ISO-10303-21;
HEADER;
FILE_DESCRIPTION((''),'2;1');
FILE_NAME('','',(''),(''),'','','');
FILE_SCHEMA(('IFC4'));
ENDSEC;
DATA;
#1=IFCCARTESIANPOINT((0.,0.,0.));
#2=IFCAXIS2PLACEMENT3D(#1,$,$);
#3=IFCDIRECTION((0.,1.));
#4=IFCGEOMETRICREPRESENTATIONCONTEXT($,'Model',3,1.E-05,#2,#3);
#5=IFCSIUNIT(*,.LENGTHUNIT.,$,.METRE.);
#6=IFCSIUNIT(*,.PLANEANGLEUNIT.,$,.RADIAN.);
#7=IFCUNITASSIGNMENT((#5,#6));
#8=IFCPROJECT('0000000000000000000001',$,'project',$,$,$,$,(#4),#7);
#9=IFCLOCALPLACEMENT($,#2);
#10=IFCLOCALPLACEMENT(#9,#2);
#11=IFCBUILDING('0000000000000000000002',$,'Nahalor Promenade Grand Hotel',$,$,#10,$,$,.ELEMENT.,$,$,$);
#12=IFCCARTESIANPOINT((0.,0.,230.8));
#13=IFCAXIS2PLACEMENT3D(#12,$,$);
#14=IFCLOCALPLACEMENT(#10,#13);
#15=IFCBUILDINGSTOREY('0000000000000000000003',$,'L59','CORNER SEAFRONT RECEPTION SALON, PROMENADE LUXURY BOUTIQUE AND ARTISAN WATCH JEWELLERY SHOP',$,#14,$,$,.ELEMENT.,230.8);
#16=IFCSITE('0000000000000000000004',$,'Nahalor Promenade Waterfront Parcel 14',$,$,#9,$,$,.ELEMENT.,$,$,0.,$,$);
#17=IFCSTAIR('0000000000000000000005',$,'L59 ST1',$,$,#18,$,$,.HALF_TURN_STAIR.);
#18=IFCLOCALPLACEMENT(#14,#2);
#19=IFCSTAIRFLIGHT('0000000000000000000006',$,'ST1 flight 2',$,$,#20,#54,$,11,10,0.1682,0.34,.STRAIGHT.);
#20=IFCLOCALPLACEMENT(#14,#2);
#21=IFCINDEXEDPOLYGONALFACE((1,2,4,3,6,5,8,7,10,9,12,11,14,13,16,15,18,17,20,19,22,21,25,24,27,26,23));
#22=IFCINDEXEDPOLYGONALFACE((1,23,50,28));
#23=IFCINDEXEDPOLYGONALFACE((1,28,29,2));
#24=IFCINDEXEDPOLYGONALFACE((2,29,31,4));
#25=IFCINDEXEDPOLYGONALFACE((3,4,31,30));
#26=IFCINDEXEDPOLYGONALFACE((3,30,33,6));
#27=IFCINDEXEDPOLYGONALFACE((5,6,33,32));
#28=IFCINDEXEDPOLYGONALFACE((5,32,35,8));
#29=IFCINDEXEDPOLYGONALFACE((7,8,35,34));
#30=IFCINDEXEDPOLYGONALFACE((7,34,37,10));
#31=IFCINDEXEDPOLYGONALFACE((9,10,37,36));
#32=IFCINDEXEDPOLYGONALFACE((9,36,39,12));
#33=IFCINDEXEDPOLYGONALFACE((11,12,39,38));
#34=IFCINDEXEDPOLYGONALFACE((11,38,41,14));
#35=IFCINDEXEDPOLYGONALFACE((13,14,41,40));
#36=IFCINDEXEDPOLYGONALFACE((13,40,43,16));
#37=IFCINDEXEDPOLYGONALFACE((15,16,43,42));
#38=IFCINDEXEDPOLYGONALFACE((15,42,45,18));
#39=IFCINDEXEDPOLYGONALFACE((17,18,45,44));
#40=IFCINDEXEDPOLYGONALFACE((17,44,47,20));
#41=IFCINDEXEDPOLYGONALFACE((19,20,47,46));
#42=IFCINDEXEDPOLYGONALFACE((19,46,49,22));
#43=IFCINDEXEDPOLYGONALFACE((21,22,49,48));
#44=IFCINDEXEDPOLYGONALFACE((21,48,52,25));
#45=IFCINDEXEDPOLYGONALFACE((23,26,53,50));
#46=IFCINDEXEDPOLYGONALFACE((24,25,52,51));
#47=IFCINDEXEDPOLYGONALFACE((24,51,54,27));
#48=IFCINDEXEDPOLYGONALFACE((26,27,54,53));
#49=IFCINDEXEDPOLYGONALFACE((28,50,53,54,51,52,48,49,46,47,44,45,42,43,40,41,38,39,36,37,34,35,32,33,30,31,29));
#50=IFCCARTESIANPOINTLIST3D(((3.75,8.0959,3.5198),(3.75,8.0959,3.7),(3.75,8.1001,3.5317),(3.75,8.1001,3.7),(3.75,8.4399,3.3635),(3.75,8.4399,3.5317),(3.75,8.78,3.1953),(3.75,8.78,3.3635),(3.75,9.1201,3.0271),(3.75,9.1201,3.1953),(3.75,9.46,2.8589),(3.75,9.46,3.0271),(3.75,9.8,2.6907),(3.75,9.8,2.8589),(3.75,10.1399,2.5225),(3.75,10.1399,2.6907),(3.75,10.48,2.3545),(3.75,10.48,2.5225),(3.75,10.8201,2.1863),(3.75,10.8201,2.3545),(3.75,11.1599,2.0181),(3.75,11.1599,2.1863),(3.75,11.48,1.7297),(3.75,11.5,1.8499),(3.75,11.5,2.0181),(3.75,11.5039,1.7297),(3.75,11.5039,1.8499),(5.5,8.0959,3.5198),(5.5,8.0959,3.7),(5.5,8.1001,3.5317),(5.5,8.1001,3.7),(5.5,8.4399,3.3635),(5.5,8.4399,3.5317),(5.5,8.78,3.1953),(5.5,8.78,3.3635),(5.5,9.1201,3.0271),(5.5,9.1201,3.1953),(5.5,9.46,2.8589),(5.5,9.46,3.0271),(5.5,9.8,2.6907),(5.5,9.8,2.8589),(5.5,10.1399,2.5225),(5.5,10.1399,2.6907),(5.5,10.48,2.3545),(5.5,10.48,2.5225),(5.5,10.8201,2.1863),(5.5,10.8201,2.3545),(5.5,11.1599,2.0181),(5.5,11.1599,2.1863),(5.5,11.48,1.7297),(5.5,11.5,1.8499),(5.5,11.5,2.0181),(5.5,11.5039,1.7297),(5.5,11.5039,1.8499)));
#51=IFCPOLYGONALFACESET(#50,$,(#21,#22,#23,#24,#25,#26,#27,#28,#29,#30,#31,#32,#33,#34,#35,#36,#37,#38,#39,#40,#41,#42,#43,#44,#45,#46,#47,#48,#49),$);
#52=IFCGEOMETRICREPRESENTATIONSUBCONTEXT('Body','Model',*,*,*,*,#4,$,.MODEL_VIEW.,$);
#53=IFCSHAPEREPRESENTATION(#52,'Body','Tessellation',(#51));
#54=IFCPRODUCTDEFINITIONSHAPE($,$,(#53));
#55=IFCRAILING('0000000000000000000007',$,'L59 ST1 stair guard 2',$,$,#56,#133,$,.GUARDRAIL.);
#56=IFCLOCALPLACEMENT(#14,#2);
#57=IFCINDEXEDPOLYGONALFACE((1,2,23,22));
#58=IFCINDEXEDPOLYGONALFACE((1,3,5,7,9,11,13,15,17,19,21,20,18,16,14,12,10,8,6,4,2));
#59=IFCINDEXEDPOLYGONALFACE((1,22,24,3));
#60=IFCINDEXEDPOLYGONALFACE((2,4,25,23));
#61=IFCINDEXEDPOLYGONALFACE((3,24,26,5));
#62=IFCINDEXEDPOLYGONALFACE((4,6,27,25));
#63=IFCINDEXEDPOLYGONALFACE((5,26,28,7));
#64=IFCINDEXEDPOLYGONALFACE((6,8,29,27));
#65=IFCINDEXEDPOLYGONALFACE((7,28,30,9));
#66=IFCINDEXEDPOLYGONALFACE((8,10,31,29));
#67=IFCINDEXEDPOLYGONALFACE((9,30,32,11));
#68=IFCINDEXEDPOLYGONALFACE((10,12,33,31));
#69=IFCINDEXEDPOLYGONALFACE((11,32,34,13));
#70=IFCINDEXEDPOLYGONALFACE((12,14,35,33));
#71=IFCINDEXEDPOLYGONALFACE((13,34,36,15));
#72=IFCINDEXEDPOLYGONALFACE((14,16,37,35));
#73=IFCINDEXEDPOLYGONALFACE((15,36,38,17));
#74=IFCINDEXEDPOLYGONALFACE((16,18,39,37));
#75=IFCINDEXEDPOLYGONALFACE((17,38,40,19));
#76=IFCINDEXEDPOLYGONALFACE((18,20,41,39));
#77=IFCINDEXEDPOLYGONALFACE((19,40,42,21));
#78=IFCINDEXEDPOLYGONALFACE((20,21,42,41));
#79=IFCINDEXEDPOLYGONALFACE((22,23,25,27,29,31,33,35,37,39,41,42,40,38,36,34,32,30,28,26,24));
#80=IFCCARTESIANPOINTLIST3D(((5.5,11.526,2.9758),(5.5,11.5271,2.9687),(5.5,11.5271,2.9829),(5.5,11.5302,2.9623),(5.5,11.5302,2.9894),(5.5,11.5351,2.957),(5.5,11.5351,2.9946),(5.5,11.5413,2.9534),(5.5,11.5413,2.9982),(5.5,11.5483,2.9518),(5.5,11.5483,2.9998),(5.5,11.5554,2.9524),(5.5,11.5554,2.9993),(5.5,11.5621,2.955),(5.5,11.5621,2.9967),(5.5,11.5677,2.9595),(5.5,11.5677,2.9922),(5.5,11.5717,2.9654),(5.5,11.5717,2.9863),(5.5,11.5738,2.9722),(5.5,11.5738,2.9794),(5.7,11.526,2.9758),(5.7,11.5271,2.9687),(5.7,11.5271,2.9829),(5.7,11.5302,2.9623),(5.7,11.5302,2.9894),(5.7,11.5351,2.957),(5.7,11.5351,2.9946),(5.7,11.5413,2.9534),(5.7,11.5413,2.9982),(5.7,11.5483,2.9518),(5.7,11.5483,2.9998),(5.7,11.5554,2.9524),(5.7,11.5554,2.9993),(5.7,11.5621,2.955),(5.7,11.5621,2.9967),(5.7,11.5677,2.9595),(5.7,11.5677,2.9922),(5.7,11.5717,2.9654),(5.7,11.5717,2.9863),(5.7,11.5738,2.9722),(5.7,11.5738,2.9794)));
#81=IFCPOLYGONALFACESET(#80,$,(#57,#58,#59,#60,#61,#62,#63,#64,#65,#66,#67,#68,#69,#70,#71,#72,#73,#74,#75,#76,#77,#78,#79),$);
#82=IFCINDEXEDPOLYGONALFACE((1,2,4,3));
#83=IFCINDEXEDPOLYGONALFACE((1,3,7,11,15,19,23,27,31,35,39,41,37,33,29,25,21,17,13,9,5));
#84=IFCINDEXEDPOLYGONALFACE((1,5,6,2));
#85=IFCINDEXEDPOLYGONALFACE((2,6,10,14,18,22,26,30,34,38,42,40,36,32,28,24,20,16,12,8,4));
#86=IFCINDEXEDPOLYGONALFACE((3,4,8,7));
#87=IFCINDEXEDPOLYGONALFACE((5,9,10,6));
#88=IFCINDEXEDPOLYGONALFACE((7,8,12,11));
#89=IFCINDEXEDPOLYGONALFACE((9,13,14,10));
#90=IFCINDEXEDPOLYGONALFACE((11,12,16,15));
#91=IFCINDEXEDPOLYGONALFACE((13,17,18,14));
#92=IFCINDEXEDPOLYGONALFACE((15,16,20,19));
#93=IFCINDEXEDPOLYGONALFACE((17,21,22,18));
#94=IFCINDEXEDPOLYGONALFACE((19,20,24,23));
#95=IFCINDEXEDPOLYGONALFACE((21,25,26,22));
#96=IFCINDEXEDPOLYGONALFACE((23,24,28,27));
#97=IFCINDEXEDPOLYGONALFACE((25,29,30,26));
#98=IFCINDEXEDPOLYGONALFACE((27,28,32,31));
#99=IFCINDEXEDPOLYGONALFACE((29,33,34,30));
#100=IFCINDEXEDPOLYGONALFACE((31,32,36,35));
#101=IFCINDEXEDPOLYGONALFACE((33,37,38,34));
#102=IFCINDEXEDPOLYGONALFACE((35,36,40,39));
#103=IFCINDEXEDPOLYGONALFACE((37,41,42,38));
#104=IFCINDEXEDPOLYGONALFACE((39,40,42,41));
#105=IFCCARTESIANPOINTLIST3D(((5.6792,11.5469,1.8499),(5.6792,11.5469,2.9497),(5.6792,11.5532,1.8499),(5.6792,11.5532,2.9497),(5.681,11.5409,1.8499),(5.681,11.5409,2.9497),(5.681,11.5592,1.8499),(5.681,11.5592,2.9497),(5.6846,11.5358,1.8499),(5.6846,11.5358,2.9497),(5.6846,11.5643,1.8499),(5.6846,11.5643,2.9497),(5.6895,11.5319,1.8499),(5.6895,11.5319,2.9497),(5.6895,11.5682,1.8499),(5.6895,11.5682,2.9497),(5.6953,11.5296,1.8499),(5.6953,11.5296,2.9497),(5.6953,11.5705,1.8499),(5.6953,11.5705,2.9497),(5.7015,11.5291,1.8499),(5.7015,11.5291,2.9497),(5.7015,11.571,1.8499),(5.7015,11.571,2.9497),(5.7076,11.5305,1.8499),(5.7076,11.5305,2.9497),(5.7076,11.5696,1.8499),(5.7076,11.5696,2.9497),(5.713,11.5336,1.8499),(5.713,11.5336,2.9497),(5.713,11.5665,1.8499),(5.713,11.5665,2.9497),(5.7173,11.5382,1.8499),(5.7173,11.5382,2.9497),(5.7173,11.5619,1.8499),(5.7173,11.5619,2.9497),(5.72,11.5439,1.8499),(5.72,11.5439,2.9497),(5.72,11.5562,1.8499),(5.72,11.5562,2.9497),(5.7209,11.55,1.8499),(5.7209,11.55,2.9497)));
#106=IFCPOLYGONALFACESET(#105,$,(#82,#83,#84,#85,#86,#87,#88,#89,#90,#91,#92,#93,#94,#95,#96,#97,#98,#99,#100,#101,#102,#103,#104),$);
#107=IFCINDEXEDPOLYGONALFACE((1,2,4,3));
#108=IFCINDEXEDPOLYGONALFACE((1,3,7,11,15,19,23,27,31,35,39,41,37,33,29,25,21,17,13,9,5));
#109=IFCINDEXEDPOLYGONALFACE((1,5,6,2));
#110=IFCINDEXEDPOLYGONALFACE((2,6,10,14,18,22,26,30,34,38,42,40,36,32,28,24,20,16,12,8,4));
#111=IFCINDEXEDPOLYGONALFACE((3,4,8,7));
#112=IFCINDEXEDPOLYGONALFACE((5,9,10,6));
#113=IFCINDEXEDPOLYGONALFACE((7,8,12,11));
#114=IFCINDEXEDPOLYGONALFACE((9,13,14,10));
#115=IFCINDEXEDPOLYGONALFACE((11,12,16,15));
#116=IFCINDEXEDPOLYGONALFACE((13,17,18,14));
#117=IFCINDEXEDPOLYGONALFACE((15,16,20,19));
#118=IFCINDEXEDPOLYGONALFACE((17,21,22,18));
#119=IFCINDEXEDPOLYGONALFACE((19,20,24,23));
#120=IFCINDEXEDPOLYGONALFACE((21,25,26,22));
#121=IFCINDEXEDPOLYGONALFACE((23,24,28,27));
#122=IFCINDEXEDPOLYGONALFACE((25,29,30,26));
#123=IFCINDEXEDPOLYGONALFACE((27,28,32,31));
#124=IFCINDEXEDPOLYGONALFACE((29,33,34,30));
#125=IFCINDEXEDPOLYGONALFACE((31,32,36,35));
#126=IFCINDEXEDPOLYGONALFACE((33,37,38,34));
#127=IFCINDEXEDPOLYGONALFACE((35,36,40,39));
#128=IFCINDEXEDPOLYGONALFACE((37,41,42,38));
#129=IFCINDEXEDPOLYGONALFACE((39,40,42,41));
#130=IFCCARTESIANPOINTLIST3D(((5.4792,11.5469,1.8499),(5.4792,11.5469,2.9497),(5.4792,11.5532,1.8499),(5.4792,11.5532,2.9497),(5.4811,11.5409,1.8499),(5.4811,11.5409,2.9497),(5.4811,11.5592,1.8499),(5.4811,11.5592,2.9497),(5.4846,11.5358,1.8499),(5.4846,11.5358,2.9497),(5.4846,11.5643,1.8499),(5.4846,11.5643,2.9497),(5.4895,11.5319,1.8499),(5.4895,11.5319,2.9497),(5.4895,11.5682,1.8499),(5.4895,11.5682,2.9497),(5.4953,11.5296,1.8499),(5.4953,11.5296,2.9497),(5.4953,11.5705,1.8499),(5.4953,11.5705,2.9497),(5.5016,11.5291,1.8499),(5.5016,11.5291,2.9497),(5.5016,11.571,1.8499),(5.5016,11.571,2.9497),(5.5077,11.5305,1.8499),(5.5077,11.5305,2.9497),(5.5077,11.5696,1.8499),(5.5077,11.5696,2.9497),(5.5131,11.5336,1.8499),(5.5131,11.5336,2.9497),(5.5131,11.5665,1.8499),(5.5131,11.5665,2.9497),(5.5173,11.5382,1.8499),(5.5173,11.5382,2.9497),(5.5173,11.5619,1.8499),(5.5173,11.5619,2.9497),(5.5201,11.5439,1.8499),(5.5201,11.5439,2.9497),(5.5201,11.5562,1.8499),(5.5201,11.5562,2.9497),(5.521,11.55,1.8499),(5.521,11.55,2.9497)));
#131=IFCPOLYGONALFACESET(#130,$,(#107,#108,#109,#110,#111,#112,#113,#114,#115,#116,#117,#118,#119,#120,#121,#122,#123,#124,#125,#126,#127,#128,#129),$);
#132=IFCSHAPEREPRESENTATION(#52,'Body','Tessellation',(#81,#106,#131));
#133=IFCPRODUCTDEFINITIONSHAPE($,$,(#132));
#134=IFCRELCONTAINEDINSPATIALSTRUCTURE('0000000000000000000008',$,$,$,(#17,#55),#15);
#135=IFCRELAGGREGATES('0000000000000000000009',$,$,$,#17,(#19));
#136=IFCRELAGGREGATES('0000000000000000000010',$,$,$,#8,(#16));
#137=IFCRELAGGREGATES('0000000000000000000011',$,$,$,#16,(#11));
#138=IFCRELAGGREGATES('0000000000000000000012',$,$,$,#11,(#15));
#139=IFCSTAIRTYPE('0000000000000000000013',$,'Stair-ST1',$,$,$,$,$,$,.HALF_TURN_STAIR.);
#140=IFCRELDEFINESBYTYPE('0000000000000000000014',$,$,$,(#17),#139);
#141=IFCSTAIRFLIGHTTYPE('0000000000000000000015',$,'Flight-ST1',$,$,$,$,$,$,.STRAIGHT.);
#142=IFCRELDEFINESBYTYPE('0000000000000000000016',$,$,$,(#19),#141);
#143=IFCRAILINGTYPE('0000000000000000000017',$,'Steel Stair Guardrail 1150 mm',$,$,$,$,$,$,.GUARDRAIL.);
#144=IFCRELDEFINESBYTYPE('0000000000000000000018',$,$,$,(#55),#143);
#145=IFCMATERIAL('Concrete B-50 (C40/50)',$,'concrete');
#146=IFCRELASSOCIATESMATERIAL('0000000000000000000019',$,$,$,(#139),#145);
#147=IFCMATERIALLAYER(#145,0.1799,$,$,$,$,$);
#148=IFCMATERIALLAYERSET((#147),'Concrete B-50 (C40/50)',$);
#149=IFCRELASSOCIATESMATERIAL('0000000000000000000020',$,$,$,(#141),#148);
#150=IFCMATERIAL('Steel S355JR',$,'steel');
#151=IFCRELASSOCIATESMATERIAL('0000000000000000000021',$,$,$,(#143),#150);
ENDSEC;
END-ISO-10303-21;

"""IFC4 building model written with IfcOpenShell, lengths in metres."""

from ifc_helpers import new_model, si_unit, direction, frame, origin, origin_2d, place, context, subcontext, project, spatial, polyline, circle, outline, extrude, source, transform, mapped, material, layer, layer_set, type_object, element, aggregate, save


model = new_model("IFC4")

# Units and contexts
model_context = context("Model", 3, precision=1e-05, world=origin(), true_north=direction((0.0, 1.0)))
body_context = subcontext(model_context, "Body", "Model", "MODEL_VIEW")
ifc_project = project(units=[si_unit("LENGTHUNIT", "METRE"), si_unit("PLANEANGLEUNIT", "RADIAN")], contexts=[model_context])

# Site, building, storey
site_placement = place(None, origin())
site = spatial("IfcSite", under=ifc_project, at=site_placement, Name="Nahalor Promenade Waterfront Parcel 14", CompositionType="ELEMENT", RefElevation=0.0)
building_placement = place(site_placement, origin())
building = spatial("IfcBuilding", under=site, at=building_placement, Name="Nahalor Promenade Grand Hotel", CompositionType="ELEMENT")
storey_placement = place(building_placement, frame((0.0, 0.0, 230.8)))
storey = spatial("IfcBuildingStorey", under=building, at=storey_placement, Name="L59", Description="CORNER SEAFRONT RECEPTION SALON, PROMENADE LUXURY BOUTIQUE AND ARTISAN WATCH JEWELLERY SHOP", CompositionType="ELEMENT", Elevation=230.8)

# Shared definitions
ifc_material_1 = material(Name="Steel S355JR", Category="steel")

# Shared definitions
ifc_material_2 = material(Name="Concrete B-50 (C40/50)", Category="concrete")

# Stair, stair flight
stair_type = type_object("IfcStairType", Name="Stair-ST1", PredefinedType="HALF_TURN_STAIR", material=ifc_material_2)
stair_placement = place(storey_placement, origin())
stair = element("IfcStair", 1, at=stair_placement, inside=storey, type_object=stair_type, Name="L59 ST1", PredefinedType="HALF_TURN_STAIR")
ifc_layer_1 = layer(ifc_material_2, 0.1799)
ifc_layer_set_1 = layer_set([ifc_layer_1], Name="Concrete B-50 (C40/50)")
stair_flight_type = type_object("IfcStairFlightType", Name="Flight-ST1", PredefinedType="STRAIGHT", material=ifc_layer_set_1)
shared_shape_1 = source(origin(), body_context, "Body", "SweptSolid", [
    extrude(outline(polyline([(-0.0039, -0.1201), (-0.0039, 0.0), (0.0, 0.0), (0.0, 0.1682), (0.3401, 0.1682), (0.3401, 0.3364), (0.6799, 0.3364), (0.6799, 0.5046), (1.02, 0.5046), (1.02, 0.6726), (1.3601, 0.6726), (1.3601, 0.8408), (1.7, 0.8408), (1.7, 1.009), (2.04, 1.009), (2.04, 1.1772), (2.3799, 1.1772), (2.3799, 1.3455), (2.72, 1.3455), (2.72, 1.5137), (3.0601, 1.5137), (3.0601, 1.6819), (3.3999, 1.6819), (3.3999, 1.8501), (3.4041, 1.8501), (3.4041, 1.6699), (0.02, -0.1201), (-0.0039, -0.1201)])), frame((0.0, 0.875, 0.0), z_axis=(0.0, -1.0, 0.0), x_axis=(1.0, 0.0, 0.0)), (0.0, 0.0, 1.0), 1.75),
])
stair_flight_placement = place(storey_placement, frame((4.625, 11.5, 1.8499), z_axis=(0.0, 0.0, 1.0), x_axis=(0.0, -1.0, 0.0)))
stair_flight = element("IfcStairFlight", 2, at=stair_flight_placement, type_object=stair_flight_type, Name="ST1 flight 2", NumberOfRisers=11, NumberOfTreads=10, PredefinedType="STRAIGHT", RiserHeight=0.1682, TreadLength=0.34, context=body_context, shape_type="MappedRepresentation", body=[
    mapped(shared_shape_1, transform((0.0, 0.0, 0.0), scale=1.0)),
])
aggregate(stair, [stair_flight])

# Railing
railing_type_1 = type_object("IfcRailingType", Name="Steel Stair Guardrail 1150 mm", PredefinedType="GUARDRAIL", material=ifc_material_1)
railing_1_placement = place(storey_placement, frame((5.7, 11.55, 1.8499)))
element("IfcRailing", 3, at=railing_1_placement, inside=storey, type_object=railing_type_1, Name="L59 ST1 stair guard 2", PredefinedType="GUARDRAIL", context=body_context, shape_type="SweptSolid", body=[
    extrude(circle(Radius=0.024, at=origin_2d()), frame((0.0, 0.0, 1.126), z_axis=(-1.0, 0.0, 0.0), x_axis=(0.0, -1.0, 0.0)), (0.0, 0.0, 1.0), 0.2),
    extrude(circle(Radius=0.021, at=origin_2d()), origin(), (0.0, 0.0, 1.0), 1.0999),
    extrude(circle(Radius=0.021, at=origin_2d()), frame((-0.2, 0.0, 0.0)), (0.0, 0.0, 1.0), 1.0999),
])

save(model, "model.ifc")
